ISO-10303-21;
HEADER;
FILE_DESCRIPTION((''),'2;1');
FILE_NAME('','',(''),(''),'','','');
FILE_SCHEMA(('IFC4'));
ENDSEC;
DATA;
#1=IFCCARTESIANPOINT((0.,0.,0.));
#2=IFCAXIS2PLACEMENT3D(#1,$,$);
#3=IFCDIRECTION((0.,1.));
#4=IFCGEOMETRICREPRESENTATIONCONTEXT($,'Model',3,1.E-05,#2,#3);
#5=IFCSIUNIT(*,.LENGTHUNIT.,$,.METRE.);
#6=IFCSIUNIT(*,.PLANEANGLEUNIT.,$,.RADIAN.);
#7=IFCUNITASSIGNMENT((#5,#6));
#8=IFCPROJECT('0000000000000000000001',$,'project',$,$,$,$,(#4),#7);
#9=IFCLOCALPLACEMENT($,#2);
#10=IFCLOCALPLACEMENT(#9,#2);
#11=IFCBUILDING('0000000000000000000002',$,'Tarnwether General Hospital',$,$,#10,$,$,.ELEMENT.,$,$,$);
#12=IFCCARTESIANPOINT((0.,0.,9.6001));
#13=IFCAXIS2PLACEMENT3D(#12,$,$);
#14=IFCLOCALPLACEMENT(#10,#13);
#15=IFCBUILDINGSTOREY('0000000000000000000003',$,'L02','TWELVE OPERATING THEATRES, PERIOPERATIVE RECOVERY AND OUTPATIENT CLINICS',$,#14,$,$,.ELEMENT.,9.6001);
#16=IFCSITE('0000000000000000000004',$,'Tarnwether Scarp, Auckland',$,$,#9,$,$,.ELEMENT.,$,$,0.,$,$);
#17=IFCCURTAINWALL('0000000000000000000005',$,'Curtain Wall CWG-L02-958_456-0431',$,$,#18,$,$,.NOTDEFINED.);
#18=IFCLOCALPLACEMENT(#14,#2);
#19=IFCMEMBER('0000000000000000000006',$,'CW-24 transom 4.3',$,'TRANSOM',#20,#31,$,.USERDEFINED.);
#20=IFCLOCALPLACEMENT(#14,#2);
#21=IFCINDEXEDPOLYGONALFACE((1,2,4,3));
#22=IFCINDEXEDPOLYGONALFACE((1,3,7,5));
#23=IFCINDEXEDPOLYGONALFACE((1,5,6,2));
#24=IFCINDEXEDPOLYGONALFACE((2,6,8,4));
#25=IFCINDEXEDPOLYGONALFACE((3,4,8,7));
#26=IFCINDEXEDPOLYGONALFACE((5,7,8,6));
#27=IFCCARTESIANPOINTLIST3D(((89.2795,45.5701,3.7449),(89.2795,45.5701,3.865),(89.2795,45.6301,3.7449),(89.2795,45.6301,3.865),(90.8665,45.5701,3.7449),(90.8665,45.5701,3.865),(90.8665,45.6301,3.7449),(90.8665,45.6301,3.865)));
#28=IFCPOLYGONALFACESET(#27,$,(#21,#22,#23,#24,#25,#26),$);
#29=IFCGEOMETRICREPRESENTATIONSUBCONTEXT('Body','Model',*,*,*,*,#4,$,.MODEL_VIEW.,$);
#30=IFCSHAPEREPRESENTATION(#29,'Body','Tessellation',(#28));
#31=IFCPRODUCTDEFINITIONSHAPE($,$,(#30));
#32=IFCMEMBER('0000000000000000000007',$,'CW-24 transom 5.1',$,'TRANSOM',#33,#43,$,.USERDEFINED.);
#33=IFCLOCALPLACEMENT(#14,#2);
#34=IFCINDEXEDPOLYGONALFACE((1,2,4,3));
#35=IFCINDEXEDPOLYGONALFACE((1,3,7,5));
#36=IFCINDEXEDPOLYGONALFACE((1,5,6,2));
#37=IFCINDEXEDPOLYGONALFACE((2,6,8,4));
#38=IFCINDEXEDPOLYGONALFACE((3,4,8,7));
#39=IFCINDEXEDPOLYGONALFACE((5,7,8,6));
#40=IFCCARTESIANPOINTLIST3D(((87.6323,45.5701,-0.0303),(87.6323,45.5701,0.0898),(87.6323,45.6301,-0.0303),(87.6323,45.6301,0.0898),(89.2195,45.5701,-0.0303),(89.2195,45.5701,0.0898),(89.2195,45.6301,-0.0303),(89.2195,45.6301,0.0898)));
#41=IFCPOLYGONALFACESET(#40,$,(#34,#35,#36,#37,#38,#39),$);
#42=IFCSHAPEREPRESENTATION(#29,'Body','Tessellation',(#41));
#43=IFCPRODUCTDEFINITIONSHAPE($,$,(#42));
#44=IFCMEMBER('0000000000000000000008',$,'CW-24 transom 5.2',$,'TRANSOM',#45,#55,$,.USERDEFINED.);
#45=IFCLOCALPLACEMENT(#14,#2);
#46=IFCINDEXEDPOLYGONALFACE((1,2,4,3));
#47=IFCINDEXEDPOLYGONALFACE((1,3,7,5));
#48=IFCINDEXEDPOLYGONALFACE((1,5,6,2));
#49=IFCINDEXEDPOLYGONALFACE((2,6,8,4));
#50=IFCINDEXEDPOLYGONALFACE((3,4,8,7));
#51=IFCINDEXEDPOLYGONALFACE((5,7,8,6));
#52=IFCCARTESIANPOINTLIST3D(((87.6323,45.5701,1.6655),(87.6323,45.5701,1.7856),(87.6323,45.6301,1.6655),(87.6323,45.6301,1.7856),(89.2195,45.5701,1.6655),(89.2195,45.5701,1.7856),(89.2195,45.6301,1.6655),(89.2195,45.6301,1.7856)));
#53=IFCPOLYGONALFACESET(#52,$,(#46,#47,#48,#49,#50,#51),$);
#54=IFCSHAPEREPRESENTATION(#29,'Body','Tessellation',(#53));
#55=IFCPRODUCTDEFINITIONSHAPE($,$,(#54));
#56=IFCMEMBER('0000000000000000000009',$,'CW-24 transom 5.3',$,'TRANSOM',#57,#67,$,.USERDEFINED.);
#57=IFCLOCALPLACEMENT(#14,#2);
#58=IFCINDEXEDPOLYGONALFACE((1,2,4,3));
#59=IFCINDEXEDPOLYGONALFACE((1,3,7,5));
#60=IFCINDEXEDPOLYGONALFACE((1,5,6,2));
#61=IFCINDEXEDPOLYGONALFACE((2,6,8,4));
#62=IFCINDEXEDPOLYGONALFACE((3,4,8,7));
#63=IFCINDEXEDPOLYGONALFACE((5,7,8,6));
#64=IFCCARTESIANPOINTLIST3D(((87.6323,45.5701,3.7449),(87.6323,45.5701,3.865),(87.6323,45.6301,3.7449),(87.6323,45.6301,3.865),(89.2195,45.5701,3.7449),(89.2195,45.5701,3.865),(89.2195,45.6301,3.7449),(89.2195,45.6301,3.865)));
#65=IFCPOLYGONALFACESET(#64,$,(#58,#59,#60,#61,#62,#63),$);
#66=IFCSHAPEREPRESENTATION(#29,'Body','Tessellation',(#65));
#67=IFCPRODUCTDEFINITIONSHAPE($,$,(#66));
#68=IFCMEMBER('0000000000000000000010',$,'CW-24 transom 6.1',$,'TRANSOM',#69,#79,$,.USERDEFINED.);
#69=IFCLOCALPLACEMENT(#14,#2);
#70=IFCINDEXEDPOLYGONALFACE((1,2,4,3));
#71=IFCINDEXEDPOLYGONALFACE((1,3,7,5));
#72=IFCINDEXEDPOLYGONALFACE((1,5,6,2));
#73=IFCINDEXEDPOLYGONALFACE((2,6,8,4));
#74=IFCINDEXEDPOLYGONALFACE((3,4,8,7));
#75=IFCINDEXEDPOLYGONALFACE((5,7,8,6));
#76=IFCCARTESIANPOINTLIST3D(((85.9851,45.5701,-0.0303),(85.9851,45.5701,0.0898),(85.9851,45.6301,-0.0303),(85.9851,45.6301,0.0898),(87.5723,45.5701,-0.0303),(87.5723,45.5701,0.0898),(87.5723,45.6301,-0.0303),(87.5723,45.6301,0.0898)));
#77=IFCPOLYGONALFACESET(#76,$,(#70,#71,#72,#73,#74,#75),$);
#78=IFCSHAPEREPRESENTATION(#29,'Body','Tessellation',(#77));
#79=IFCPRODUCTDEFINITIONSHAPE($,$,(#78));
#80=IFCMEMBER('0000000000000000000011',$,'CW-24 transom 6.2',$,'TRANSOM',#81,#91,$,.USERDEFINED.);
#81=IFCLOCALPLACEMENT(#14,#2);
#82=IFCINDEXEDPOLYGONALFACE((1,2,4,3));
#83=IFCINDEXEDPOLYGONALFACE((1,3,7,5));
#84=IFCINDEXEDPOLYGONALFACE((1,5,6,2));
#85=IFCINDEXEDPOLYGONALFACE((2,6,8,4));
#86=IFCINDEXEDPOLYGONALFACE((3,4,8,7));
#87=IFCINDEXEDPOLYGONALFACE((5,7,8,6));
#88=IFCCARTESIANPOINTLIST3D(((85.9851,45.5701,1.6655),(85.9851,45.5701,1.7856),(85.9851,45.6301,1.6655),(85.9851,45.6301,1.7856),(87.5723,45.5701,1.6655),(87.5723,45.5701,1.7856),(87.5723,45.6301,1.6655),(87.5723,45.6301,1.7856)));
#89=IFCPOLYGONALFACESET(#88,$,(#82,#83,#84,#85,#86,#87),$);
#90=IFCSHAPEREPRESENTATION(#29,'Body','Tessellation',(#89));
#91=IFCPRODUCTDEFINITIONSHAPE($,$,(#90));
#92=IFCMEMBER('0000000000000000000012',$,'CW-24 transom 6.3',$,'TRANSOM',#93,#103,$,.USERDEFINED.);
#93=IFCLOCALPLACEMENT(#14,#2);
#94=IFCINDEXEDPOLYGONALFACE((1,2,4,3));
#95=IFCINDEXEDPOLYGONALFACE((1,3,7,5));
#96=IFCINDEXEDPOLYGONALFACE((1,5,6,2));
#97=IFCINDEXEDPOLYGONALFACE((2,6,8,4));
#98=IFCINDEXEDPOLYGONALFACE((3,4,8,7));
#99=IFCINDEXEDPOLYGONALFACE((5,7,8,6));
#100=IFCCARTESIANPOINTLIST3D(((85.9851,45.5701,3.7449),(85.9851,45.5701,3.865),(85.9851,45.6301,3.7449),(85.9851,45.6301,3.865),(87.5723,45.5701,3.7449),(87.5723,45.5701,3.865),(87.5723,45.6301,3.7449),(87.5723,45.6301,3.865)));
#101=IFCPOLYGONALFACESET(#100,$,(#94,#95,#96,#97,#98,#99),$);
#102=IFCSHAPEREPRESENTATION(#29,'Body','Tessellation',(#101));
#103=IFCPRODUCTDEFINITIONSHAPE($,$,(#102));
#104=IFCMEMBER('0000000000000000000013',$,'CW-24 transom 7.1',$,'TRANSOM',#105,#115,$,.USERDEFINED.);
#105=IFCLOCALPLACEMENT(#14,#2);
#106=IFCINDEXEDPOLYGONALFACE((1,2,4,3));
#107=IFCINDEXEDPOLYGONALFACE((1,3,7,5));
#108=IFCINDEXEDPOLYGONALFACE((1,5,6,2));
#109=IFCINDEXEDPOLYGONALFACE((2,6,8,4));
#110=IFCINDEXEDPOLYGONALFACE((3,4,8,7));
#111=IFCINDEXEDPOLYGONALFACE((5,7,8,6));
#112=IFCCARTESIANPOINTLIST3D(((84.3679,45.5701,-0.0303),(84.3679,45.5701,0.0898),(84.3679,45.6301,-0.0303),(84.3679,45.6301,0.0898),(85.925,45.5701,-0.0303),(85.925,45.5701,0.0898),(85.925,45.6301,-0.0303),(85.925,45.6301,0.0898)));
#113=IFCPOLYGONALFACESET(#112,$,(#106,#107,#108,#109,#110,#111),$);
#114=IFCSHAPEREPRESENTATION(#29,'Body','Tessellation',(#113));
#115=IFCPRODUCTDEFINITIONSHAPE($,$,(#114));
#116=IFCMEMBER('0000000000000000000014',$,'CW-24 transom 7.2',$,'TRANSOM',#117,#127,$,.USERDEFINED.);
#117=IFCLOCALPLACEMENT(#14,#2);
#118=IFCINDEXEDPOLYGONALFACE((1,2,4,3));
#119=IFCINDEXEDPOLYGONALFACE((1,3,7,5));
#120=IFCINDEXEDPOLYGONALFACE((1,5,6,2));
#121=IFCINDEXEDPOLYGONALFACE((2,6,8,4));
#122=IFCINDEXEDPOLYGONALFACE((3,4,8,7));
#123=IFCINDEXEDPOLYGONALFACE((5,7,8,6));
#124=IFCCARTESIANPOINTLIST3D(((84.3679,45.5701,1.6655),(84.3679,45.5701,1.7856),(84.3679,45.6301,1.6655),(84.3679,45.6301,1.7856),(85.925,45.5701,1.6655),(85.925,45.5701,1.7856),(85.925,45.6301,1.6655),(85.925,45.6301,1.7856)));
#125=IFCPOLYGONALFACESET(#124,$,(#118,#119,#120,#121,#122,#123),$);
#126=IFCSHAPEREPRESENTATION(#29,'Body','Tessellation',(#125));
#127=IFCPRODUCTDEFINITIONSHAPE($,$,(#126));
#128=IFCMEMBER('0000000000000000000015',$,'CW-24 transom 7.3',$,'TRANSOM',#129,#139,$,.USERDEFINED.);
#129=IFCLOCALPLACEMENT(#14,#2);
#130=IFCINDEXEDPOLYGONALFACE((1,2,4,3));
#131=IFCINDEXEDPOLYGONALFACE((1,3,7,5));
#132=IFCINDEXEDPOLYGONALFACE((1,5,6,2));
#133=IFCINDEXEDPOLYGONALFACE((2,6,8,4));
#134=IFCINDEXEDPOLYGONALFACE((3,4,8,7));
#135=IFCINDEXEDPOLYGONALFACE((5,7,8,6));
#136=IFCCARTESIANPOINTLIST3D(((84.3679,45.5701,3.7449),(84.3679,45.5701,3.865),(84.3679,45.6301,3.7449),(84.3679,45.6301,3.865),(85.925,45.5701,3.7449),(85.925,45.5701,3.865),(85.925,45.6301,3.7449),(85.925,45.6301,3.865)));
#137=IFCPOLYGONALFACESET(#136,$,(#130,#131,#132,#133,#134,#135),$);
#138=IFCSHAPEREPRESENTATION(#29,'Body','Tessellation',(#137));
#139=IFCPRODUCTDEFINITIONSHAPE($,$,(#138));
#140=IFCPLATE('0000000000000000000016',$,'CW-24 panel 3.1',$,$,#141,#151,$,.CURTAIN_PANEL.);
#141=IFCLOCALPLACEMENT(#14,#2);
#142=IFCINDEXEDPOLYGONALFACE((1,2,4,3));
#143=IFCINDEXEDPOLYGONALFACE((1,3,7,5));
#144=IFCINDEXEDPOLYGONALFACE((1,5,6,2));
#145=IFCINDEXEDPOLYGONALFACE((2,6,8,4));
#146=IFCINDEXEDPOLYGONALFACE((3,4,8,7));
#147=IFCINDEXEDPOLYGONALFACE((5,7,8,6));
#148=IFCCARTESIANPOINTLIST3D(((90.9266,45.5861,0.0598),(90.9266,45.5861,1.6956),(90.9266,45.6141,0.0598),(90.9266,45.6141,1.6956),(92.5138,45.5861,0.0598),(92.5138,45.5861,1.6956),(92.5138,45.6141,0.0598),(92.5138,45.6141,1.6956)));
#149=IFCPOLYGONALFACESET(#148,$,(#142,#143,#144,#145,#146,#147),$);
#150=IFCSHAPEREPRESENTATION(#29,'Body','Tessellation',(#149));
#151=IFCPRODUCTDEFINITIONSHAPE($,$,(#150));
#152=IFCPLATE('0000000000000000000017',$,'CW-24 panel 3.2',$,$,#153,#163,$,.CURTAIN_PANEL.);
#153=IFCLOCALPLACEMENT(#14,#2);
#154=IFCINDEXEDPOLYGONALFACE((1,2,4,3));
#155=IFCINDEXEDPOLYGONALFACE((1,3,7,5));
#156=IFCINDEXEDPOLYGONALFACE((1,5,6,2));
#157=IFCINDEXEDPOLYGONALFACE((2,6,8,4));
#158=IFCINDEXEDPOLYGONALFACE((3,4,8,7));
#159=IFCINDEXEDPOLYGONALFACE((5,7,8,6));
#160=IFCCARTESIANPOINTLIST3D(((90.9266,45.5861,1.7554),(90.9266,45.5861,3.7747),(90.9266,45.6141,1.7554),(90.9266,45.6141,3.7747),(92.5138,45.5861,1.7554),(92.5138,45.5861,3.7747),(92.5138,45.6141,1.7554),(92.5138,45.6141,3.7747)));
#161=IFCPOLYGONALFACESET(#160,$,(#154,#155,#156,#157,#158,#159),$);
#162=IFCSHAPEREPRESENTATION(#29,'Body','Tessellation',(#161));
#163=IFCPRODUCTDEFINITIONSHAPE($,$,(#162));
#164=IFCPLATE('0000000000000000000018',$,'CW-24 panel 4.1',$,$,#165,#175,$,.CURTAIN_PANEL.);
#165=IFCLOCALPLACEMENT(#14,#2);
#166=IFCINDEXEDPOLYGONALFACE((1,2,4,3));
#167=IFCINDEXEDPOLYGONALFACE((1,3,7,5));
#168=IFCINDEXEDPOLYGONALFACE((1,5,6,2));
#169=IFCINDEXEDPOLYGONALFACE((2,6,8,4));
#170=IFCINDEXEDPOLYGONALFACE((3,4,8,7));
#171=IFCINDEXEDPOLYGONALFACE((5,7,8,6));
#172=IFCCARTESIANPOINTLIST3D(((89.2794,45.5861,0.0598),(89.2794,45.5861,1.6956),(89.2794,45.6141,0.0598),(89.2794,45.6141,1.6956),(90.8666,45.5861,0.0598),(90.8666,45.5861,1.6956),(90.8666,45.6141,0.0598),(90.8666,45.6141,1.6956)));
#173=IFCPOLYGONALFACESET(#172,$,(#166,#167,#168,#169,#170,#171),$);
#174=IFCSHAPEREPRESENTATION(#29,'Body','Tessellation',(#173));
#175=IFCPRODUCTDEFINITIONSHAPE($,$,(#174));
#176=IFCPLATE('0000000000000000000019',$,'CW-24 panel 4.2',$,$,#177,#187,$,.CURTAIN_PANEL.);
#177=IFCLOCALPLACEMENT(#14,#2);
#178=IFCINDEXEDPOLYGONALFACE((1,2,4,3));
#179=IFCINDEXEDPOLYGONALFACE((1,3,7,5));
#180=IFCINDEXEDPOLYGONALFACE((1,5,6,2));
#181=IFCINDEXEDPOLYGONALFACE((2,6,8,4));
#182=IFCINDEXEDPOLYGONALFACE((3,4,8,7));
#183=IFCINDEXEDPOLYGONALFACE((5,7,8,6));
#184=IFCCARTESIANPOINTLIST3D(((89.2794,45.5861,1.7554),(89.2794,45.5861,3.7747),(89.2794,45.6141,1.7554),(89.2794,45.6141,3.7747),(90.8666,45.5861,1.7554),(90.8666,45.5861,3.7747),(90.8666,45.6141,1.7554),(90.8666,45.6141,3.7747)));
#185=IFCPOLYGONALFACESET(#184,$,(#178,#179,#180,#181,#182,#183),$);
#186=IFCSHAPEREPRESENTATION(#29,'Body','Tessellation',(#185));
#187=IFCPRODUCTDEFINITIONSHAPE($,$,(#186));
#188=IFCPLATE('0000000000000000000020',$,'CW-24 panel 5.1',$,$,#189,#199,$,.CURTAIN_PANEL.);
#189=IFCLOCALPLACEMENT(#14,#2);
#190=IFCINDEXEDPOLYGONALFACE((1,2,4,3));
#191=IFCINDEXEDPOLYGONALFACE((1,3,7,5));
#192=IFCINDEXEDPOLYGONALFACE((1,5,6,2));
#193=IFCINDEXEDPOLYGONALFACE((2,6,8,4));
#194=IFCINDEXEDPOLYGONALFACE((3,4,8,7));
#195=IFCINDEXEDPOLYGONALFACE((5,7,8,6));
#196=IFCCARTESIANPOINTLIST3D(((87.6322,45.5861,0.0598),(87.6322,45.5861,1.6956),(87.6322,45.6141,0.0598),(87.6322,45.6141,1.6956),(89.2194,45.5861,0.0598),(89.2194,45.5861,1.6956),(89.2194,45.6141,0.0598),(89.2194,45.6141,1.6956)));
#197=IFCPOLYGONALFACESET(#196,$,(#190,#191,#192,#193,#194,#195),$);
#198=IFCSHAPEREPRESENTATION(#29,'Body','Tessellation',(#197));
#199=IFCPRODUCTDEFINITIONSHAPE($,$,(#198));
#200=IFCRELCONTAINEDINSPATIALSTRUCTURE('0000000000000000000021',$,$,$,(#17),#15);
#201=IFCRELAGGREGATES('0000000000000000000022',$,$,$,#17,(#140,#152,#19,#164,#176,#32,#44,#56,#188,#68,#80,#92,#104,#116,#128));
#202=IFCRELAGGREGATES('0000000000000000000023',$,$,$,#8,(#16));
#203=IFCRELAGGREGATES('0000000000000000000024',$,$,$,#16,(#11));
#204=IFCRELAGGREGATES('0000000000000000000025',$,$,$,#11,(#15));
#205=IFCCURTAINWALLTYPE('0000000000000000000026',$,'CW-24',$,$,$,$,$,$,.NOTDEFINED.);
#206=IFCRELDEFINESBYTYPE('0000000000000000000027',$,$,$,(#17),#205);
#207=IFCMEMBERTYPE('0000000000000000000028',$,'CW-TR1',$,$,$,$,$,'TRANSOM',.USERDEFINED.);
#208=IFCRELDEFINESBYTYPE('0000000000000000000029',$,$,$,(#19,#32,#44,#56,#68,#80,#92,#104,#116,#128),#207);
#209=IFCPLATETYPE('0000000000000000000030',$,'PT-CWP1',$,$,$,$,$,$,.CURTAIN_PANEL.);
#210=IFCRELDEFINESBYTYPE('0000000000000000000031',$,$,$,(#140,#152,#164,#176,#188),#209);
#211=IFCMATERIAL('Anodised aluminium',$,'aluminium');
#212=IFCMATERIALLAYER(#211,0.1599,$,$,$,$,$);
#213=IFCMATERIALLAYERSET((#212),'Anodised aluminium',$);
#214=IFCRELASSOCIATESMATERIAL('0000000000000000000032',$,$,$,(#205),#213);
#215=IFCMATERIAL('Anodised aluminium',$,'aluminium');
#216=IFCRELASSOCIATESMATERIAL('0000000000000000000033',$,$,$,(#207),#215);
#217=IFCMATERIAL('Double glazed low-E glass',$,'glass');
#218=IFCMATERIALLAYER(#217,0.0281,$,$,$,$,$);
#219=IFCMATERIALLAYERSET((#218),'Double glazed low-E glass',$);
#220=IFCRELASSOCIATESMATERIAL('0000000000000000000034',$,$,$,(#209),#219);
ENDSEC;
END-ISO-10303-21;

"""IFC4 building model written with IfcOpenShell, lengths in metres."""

from ifc_helpers import new_model, si_unit, direction, frame, origin, origin_2d, place, context, subcontext, project, spatial, rectangle, extrude, material, layer, layer_set, material_profile, profile_set, type_object, element, aggregate, save


model = new_model("IFC4")

# Units and contexts
model_context = context("Model", 3, precision=1e-05, world=origin(), true_north=direction((0.0, 1.0)))
body_context = subcontext(model_context, "Body", "Model", "MODEL_VIEW")
ifc_project = project(units=[si_unit("LENGTHUNIT", "METRE"), si_unit("PLANEANGLEUNIT", "RADIAN")], contexts=[model_context])

# Site, building, storey
site_placement = place(None, origin())
site = spatial("IfcSite", under=ifc_project, at=site_placement, Name="Tarnwether Scarp, Auckland", CompositionType="ELEMENT", RefElevation=0.0)
building_placement = place(site_placement, origin())
building = spatial("IfcBuilding", under=site, at=building_placement, Name="Tarnwether General Hospital", CompositionType="ELEMENT")
storey_placement = place(building_placement, frame((0.0, 0.0, 9.6001)))
storey = spatial("IfcBuildingStorey", under=building, at=storey_placement, Name="L02", Description="TWELVE OPERATING THEATRES, PERIOPERATIVE RECOVERY AND OUTPATIENT CLINICS", CompositionType="ELEMENT", Elevation=9.6001)

# Curtain wall
ifc_material_1 = material(Name="Anodised aluminium", Category="aluminium")
ifc_layer_1 = layer(ifc_material_1, 0.1599)
ifc_layer_set_1 = layer_set([ifc_layer_1], Name="Anodised aluminium")
curtain_wall_type = type_object("IfcCurtainWallType", Name="CW-24", PredefinedType="NOTDEFINED", material=ifc_layer_set_1)
curtain_wall_1_placement = place(storey_placement, origin())
curtain_wall_1 = element("IfcCurtainWall", 1, at=curtain_wall_1_placement, inside=storey, type_object=curtain_wall_type, Name="Curtain Wall CWG-L02-958_456-0431", PredefinedType="NOTDEFINED")

# Members
ifc_material_2 = material(Name="Anodised aluminium", Category="aluminium")
ifc_material_profile_1 = material_profile(ifc_material_2, rectangle(XDim=0.0601, YDim=0.1201, at=origin_2d()), Name="ALU-TRN-60x120")
ifc_profile_set_1 = profile_set([ifc_material_profile_1], Name="Anodised aluminium")
member_type_1 = type_object("IfcMemberType", Name="CW-TR1", ElementType="TRANSOM", PredefinedType="USERDEFINED", material=ifc_profile_set_1)
member_1_placement = place(storey_placement, frame((90.8665, 45.6001, 3.8049), z_axis=(-1.0, 0.0, 0.0), x_axis=(0.0, -1.0, 0.0)))
member_1 = element("IfcMember", 2, at=member_1_placement, type_object=member_type_1, Name="CW-24 transom 4.3", ObjectType="TRANSOM", PredefinedType="USERDEFINED", context=body_context, shape_type="SweptSolid", body=[
    extrude(rectangle(XDim=0.0601, YDim=0.1201, at=origin_2d()), origin(), (0.0, 0.0, 1.0), 1.5869),
])
member_2_placement = place(storey_placement, frame((89.2195, 45.6001, 0.0298), z_axis=(-1.0, 0.0, 0.0), x_axis=(0.0, -1.0, 0.0)))
member_2 = element("IfcMember", 3, at=member_2_placement, type_object=member_type_1, Name="CW-24 transom 5.1", ObjectType="TRANSOM", PredefinedType="USERDEFINED", context=body_context, shape_type="SweptSolid", body=[
    extrude(rectangle(XDim=0.0601, YDim=0.1201, at=origin_2d()), origin(), (0.0, 0.0, 1.0), 1.5872),
])
member_3_placement = place(storey_placement, frame((89.2195, 45.6001, 1.7256), z_axis=(-1.0, 0.0, 0.0), x_axis=(0.0, -1.0, 0.0)))
member_3 = element("IfcMember", 4, at=member_3_placement, type_object=member_type_1, Name="CW-24 transom 5.2", ObjectType="TRANSOM", PredefinedType="USERDEFINED", context=body_context, shape_type="SweptSolid", body=[
    extrude(rectangle(XDim=0.0601, YDim=0.1201, at=origin_2d()), origin(), (0.0, 0.0, 1.0), 1.5872),
])
member_4_placement = place(storey_placement, frame((89.2195, 45.6001, 3.8049), z_axis=(-1.0, 0.0, 0.0), x_axis=(0.0, -1.0, 0.0)))
member_4 = element("IfcMember", 5, at=member_4_placement, type_object=member_type_1, Name="CW-24 transom 5.3", ObjectType="TRANSOM", PredefinedType="USERDEFINED", context=body_context, shape_type="SweptSolid", body=[
    extrude(rectangle(XDim=0.0601, YDim=0.1201, at=origin_2d()), origin(), (0.0, 0.0, 1.0), 1.5872),
])
member_5_placement = place(storey_placement, frame((87.5723, 45.6001, 0.0298), z_axis=(-1.0, 0.0, 0.0), x_axis=(0.0, -1.0, 0.0)))
member_5 = element("IfcMember", 6, at=member_5_placement, type_object=member_type_1, Name="CW-24 transom 6.1", ObjectType="TRANSOM", PredefinedType="USERDEFINED", context=body_context, shape_type="SweptSolid", body=[
    extrude(rectangle(XDim=0.0601, YDim=0.1201, at=origin_2d()), origin(), (0.0, 0.0, 1.0), 1.5872),
])
member_6_placement = place(storey_placement, frame((87.5723, 45.6001, 1.7256), z_axis=(-1.0, 0.0, 0.0), x_axis=(0.0, -1.0, 0.0)))
member_6 = element("IfcMember", 7, at=member_6_placement, type_object=member_type_1, Name="CW-24 transom 6.2", ObjectType="TRANSOM", PredefinedType="USERDEFINED", context=body_context, shape_type="SweptSolid", body=[
    extrude(rectangle(XDim=0.0601, YDim=0.1201, at=origin_2d()), origin(), (0.0, 0.0, 1.0), 1.5872),
])
member_7_placement = place(storey_placement, frame((87.5723, 45.6001, 3.8049), z_axis=(-1.0, 0.0, 0.0), x_axis=(0.0, -1.0, 0.0)))
member_7 = element("IfcMember", 8, at=member_7_placement, type_object=member_type_1, Name="CW-24 transom 6.3", ObjectType="TRANSOM", PredefinedType="USERDEFINED", context=body_context, shape_type="SweptSolid", body=[
    extrude(rectangle(XDim=0.0601, YDim=0.1201, at=origin_2d()), origin(), (0.0, 0.0, 1.0), 1.5872),
])
member_8_placement = place(storey_placement, frame((85.925, 45.6001, 0.0298), z_axis=(-1.0, 0.0, 0.0), x_axis=(0.0, -1.0, 0.0)))
member_8 = element("IfcMember", 9, at=member_8_placement, type_object=member_type_1, Name="CW-24 transom 7.1", ObjectType="TRANSOM", PredefinedType="USERDEFINED", context=body_context, shape_type="SweptSolid", body=[
    extrude(rectangle(XDim=0.0601, YDim=0.1201, at=origin_2d()), origin(), (0.0, 0.0, 1.0), 1.5571),
])
member_9_placement = place(storey_placement, frame((85.925, 45.6001, 1.7256), z_axis=(-1.0, 0.0, 0.0), x_axis=(0.0, -1.0, 0.0)))
member_9 = element("IfcMember", 10, at=member_9_placement, type_object=member_type_1, Name="CW-24 transom 7.2", ObjectType="TRANSOM", PredefinedType="USERDEFINED", context=body_context, shape_type="SweptSolid", body=[
    extrude(rectangle(XDim=0.0601, YDim=0.1201, at=origin_2d()), origin(), (0.0, 0.0, 1.0), 1.5571),
])
member_10_placement = place(storey_placement, frame((85.925, 45.6001, 3.8049), z_axis=(-1.0, 0.0, 0.0), x_axis=(0.0, -1.0, 0.0)))
member_10 = element("IfcMember", 11, at=member_10_placement, type_object=member_type_1, Name="CW-24 transom 7.3", ObjectType="TRANSOM", PredefinedType="USERDEFINED", context=body_context, shape_type="SweptSolid", body=[
    extrude(rectangle(XDim=0.0601, YDim=0.1201, at=origin_2d()), origin(), (0.0, 0.0, 1.0), 1.5571),
])

# Plates
ifc_material_3 = material(Name="Double glazed low-E glass", Category="glass")
ifc_layer_2 = layer(ifc_material_3, 0.0281)
ifc_layer_set_2 = layer_set([ifc_layer_2], Name="Double glazed low-E glass")
plate_type = type_object("IfcPlateType", Name="PT-CWP1", PredefinedType="CURTAIN_PANEL", material=ifc_layer_set_2)
plate_1_placement = place(storey_placement, frame((91.7202, 45.6001, 0.0598), z_axis=(0.0, 0.0, 1.0), x_axis=(-1.0, 0.0, 0.0)))
plate_1 = element("IfcPlate", 12, at=plate_1_placement, type_object=plate_type, Name="CW-24 panel 3.1", PredefinedType="CURTAIN_PANEL", context=body_context, shape_type="SweptSolid", body=[
    extrude(rectangle(XDim=1.5872, YDim=0.0281, at=origin_2d()), origin(), (0.0, 0.0, 1.0), 1.6357),
])
plate_2_placement = place(storey_placement, frame((91.7202, 45.6001, 1.7554), z_axis=(0.0, 0.0, 1.0), x_axis=(-1.0, 0.0, 0.0)))
plate_2 = element("IfcPlate", 13, at=plate_2_placement, type_object=plate_type, Name="CW-24 panel 3.2", PredefinedType="CURTAIN_PANEL", context=body_context, shape_type="SweptSolid", body=[
    extrude(rectangle(XDim=1.5872, YDim=0.0281, at=origin_2d()), origin(), (0.0, 0.0, 1.0), 2.0193),
])
plate_3_placement = place(storey_placement, frame((90.073, 45.6001, 0.0598), z_axis=(0.0, 0.0, 1.0), x_axis=(-1.0, 0.0, 0.0)))
plate_3 = element("IfcPlate", 14, at=plate_3_placement, type_object=plate_type, Name="CW-24 panel 4.1", PredefinedType="CURTAIN_PANEL", context=body_context, shape_type="SweptSolid", body=[
    extrude(rectangle(XDim=1.5872, YDim=0.0281, at=origin_2d()), origin(), (0.0, 0.0, 1.0), 1.6357),
])
plate_4_placement = place(storey_placement, frame((90.073, 45.6001, 1.7554), z_axis=(0.0, 0.0, 1.0), x_axis=(-1.0, 0.0, 0.0)))
plate_4 = element("IfcPlate", 15, at=plate_4_placement, type_object=plate_type, Name="CW-24 panel 4.2", PredefinedType="CURTAIN_PANEL", context=body_context, shape_type="SweptSolid", body=[
    extrude(rectangle(XDim=1.5872, YDim=0.0281, at=origin_2d()), origin(), (0.0, 0.0, 1.0), 2.0193),
])
plate_5_placement = place(storey_placement, frame((88.4258, 45.6001, 0.0598), z_axis=(0.0, 0.0, 1.0), x_axis=(-1.0, 0.0, 0.0)))
plate_5 = element("IfcPlate", 16, at=plate_5_placement, type_object=plate_type, Name="CW-24 panel 5.1", PredefinedType="CURTAIN_PANEL", context=body_context, shape_type="SweptSolid", body=[
    extrude(rectangle(XDim=1.5872, YDim=0.0281, at=origin_2d()), origin(), (0.0, 0.0, 1.0), 1.6357),
])
aggregate(curtain_wall_1, [plate_1, plate_2, member_1, plate_3, plate_4, member_2, member_3, member_4, plate_5, member_5, member_6, member_7, member_8, member_9, member_10])

save(model, "model.ifc")
